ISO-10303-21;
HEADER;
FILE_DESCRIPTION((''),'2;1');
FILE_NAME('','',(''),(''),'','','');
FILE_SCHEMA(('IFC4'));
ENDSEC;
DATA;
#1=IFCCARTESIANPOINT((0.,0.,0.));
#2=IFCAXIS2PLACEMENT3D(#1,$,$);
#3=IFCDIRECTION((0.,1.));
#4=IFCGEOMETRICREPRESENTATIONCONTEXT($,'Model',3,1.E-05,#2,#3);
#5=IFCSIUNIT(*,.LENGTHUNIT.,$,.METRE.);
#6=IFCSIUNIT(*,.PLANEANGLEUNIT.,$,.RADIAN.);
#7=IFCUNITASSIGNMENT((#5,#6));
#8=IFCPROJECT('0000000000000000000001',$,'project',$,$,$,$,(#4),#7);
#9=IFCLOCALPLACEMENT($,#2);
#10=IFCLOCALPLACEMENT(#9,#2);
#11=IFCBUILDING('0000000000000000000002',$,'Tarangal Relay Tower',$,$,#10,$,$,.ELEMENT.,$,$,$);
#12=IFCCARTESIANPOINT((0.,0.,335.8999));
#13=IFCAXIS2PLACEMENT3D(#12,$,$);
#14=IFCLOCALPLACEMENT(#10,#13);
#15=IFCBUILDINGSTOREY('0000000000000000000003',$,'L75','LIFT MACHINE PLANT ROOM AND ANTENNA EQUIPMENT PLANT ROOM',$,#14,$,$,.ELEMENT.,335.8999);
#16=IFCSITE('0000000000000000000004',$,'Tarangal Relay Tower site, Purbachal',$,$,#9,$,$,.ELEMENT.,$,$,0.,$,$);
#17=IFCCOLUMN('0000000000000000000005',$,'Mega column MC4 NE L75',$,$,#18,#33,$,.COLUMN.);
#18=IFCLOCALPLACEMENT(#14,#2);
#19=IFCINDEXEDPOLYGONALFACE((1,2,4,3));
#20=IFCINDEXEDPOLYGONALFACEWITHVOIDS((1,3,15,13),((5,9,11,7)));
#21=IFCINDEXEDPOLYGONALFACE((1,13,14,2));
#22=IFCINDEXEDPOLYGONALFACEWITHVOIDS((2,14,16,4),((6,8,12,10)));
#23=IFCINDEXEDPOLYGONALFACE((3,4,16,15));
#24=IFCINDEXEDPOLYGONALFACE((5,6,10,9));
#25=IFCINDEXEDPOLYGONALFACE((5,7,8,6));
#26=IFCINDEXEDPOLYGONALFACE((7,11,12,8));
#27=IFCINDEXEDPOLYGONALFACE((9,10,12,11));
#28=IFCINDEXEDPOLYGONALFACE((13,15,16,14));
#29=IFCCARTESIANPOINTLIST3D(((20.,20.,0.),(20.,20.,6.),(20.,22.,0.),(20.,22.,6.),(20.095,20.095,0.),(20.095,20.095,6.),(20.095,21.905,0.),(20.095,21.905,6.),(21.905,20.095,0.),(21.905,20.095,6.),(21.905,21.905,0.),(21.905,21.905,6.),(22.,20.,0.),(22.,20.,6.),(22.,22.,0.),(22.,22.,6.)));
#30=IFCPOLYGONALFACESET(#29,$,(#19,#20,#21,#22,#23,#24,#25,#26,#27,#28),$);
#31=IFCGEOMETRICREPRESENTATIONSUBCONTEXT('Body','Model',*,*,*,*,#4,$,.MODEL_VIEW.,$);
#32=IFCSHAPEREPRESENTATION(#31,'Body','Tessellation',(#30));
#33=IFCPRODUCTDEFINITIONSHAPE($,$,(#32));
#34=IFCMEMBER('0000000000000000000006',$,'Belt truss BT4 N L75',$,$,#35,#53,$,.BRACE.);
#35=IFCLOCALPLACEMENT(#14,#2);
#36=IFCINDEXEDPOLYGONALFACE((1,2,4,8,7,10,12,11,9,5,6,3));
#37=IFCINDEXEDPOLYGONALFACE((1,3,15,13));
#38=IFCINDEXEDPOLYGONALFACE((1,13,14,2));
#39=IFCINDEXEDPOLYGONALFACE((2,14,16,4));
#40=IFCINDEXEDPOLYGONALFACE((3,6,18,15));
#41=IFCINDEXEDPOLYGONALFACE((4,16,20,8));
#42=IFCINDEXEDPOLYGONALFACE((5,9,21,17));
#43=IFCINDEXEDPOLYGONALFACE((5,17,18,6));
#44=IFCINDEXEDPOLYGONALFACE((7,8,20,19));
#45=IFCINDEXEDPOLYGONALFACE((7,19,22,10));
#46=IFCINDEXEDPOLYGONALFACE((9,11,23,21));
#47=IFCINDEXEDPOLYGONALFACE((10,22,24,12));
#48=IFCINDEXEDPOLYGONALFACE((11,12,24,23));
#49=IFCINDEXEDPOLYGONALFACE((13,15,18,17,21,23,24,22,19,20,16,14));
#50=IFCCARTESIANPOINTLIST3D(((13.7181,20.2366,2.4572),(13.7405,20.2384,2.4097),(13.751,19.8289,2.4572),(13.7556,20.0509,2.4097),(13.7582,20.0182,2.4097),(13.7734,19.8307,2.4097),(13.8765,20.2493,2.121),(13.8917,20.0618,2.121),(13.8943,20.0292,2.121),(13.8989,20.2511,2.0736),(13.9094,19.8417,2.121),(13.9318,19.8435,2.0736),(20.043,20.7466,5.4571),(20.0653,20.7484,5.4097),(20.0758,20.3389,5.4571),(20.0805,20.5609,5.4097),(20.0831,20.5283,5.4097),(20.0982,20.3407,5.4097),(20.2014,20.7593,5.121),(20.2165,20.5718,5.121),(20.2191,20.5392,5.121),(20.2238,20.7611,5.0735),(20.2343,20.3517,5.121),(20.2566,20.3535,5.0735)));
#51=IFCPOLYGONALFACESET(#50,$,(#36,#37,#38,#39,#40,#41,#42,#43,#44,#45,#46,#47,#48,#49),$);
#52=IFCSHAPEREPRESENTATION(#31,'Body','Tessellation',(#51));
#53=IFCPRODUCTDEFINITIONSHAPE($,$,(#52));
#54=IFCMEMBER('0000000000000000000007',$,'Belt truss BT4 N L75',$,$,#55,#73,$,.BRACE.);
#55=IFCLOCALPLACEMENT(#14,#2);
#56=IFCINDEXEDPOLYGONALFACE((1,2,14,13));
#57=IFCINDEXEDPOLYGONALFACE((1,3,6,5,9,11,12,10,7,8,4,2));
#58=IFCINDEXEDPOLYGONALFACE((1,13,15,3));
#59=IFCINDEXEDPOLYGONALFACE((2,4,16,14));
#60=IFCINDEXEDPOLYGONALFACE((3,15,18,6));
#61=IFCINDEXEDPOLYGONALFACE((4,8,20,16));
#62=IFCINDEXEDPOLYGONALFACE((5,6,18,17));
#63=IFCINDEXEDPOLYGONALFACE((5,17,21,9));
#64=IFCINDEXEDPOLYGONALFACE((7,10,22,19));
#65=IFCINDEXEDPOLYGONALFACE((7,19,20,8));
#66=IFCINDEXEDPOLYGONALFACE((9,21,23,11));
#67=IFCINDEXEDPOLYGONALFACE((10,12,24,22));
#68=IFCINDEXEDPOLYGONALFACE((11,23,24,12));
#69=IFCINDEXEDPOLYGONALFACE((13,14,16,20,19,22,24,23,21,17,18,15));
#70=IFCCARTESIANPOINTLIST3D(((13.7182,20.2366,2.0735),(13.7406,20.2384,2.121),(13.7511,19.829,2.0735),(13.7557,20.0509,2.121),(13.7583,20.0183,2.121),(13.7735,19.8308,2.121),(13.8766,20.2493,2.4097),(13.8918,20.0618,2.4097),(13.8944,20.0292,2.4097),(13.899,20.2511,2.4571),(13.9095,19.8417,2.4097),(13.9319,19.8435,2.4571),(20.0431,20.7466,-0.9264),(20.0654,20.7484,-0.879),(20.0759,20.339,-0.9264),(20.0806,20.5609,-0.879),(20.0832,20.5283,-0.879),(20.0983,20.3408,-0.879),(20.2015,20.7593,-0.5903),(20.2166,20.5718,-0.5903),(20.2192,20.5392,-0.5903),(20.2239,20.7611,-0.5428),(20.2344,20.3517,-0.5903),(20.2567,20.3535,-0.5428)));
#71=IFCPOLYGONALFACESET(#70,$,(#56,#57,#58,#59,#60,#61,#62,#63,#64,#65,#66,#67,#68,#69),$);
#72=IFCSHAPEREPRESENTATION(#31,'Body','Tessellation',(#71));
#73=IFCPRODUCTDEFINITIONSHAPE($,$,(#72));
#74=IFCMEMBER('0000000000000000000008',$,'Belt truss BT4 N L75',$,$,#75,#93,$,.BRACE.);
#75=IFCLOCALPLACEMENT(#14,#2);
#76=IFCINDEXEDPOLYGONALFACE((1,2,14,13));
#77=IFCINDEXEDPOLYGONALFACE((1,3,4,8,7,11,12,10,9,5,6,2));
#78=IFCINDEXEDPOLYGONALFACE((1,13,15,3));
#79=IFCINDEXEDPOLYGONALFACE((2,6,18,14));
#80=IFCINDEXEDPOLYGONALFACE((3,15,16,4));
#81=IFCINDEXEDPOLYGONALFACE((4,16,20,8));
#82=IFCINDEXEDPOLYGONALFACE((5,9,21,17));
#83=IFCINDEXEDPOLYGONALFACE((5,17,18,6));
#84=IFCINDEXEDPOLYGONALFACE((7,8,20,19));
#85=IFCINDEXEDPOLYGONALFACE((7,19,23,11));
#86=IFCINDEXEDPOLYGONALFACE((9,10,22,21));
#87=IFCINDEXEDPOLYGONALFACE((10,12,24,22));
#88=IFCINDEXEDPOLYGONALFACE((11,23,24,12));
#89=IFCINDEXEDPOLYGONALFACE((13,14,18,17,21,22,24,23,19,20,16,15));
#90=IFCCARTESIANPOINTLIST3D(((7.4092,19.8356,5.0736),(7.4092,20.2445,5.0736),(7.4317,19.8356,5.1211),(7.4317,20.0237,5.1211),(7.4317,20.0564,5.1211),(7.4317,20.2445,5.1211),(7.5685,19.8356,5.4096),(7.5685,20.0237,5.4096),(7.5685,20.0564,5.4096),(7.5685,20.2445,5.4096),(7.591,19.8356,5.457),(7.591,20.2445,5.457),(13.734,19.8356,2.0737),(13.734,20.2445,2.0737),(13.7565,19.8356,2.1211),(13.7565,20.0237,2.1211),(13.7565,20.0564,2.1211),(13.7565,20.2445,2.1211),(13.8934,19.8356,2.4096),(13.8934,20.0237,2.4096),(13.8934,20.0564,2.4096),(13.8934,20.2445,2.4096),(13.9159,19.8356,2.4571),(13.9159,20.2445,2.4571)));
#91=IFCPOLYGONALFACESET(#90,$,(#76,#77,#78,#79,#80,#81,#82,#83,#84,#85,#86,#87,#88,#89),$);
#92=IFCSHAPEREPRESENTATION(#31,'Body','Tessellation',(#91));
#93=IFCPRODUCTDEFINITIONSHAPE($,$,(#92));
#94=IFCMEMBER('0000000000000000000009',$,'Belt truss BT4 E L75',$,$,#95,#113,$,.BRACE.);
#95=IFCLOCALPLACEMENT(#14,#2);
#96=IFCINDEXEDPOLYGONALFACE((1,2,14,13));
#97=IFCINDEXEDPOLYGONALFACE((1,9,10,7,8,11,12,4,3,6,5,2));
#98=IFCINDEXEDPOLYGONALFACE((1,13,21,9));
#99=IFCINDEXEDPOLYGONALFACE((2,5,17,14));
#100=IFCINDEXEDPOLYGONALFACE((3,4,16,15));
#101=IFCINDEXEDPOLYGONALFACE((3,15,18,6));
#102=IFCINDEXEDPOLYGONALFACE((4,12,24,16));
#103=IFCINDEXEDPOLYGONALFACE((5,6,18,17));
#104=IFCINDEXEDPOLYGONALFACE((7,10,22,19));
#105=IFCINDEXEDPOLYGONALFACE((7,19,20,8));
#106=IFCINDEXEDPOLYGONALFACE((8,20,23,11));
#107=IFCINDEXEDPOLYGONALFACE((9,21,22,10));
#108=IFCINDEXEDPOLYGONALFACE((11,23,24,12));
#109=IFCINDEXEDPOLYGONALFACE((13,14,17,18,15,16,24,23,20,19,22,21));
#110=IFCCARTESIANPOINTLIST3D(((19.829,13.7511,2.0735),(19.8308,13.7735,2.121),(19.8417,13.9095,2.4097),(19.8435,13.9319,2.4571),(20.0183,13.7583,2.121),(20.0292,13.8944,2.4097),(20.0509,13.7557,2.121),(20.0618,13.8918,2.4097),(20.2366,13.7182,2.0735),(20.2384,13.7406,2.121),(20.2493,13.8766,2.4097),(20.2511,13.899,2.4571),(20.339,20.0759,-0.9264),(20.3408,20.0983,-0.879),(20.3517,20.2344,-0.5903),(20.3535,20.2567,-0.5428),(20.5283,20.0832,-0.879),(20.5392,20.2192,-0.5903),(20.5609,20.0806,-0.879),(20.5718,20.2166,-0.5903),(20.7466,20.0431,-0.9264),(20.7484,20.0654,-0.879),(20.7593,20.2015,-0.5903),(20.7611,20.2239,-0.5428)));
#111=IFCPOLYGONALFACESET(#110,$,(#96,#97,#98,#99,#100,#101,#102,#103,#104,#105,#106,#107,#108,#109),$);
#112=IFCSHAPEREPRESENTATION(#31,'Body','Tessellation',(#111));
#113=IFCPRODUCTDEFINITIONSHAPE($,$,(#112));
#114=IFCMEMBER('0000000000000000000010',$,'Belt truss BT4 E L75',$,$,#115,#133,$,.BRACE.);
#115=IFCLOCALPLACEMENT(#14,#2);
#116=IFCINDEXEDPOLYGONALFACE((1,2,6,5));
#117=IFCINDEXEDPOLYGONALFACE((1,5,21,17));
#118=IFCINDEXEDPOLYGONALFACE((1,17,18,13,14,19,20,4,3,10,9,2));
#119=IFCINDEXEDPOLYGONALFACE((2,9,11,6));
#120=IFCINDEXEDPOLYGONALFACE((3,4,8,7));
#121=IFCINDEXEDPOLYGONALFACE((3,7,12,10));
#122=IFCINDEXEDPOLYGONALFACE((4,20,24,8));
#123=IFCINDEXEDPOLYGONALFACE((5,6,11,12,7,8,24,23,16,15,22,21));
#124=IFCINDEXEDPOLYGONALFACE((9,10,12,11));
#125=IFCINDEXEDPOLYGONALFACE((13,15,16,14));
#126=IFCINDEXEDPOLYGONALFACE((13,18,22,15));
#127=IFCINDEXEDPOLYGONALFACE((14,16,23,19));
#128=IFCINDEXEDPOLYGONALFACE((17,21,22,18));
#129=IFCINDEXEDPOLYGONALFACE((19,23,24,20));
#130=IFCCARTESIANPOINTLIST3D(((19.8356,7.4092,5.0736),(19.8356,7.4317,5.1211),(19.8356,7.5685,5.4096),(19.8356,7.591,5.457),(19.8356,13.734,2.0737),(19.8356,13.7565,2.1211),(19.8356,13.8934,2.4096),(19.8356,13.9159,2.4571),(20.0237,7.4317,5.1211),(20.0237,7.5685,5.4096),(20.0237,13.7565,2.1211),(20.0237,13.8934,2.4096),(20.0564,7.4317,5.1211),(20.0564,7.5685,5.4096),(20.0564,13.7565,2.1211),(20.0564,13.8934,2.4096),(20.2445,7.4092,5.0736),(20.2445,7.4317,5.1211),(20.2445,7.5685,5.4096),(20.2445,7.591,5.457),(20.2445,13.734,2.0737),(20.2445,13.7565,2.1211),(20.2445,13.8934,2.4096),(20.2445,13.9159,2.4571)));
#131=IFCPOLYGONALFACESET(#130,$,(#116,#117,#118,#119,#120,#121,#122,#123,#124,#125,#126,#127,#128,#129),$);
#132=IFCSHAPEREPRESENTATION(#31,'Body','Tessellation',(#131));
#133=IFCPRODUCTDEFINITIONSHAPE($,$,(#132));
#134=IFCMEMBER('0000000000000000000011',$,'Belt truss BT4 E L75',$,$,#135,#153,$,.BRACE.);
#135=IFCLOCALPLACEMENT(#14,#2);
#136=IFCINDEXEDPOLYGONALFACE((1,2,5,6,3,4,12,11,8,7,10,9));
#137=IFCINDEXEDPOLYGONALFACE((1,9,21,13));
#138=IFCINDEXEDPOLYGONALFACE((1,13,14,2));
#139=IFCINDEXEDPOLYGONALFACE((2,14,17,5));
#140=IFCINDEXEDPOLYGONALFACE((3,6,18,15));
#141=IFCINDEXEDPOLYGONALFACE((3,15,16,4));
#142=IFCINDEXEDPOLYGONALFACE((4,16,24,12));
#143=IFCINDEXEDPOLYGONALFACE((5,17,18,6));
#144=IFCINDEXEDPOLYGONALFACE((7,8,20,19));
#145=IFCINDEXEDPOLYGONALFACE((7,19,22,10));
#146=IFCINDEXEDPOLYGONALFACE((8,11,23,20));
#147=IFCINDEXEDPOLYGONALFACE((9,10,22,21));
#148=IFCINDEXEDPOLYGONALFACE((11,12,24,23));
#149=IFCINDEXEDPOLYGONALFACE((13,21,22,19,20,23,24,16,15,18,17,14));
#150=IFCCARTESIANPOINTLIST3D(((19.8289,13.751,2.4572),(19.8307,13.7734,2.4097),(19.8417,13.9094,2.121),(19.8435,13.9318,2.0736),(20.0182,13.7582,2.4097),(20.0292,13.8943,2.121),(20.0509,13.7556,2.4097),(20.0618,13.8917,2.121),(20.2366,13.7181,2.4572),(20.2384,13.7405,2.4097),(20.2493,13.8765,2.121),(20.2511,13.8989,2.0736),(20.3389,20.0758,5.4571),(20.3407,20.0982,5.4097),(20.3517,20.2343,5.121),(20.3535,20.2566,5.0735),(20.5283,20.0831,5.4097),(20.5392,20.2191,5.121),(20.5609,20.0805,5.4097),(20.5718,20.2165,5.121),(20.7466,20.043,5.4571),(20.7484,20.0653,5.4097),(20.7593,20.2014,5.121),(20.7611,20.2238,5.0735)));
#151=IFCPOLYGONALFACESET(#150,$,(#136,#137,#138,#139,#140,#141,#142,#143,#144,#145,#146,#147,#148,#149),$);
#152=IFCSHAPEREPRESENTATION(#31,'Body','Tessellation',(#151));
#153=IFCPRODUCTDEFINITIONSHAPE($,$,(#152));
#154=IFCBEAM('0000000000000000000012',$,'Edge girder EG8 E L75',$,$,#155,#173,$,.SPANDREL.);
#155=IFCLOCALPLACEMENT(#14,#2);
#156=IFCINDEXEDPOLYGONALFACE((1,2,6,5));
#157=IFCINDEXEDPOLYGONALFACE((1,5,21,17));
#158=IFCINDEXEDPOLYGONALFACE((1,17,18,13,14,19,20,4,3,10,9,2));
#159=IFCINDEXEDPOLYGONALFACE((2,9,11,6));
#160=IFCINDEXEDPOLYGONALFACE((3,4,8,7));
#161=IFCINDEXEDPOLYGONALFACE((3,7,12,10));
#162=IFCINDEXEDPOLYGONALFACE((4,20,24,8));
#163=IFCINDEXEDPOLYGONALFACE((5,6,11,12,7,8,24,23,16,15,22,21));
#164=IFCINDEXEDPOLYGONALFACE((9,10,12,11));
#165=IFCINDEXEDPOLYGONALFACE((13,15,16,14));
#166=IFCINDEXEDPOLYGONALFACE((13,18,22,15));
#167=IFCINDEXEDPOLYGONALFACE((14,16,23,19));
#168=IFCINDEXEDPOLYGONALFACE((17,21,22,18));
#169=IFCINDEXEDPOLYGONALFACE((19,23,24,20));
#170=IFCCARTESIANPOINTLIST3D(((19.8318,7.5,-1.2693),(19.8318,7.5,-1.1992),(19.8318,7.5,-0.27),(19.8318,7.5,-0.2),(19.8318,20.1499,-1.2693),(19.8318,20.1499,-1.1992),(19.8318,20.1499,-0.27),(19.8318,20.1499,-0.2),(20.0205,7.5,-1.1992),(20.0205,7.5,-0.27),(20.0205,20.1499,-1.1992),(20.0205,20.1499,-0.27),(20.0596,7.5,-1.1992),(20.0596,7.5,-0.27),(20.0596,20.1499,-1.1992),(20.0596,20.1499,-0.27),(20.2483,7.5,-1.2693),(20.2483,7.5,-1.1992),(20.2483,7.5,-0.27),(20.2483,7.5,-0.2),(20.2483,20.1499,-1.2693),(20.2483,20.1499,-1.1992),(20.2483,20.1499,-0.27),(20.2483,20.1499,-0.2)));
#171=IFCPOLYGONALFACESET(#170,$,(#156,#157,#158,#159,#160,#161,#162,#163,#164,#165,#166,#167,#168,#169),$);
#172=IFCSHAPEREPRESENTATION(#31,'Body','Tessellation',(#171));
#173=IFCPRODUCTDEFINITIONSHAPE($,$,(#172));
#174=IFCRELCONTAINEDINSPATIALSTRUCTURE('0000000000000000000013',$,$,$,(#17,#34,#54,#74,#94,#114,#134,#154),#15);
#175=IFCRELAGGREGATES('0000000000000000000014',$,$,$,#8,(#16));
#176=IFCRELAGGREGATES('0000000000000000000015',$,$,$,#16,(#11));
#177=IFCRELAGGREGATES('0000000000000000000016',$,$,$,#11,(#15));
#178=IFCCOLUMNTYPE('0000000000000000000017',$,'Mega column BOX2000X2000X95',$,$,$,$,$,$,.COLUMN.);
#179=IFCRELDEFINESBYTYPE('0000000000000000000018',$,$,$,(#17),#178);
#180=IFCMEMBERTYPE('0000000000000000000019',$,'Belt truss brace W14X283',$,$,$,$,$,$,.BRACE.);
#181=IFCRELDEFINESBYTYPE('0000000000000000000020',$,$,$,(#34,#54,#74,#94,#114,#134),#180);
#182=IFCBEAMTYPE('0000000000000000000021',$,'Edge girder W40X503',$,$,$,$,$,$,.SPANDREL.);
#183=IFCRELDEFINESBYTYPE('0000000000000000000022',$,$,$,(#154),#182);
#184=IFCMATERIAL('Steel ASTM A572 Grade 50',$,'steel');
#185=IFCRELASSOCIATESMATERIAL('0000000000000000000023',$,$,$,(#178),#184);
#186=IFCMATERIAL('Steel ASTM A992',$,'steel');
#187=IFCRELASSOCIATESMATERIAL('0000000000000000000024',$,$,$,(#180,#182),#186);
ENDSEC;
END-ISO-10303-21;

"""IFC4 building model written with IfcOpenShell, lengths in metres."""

from ifc_helpers import new_model, si_unit, direction, frame, origin, origin_2d, place, context, subcontext, project, spatial, hollow_rectangle, i_section, extrude, material, material_profile, profile_set, type_object, element, save


model = new_model("IFC4")

# Units and contexts
model_context = context("Model", 3, precision=1e-05, world=origin(), true_north=direction((0.0, 1.0)))
body_context = subcontext(model_context, "Body", "Model", "MODEL_VIEW")
ifc_project = project(units=[si_unit("LENGTHUNIT", "METRE"), si_unit("PLANEANGLEUNIT", "RADIAN")], contexts=[model_context])

# Site, building, storey
site_placement = place(None, origin())
site = spatial("IfcSite", under=ifc_project, at=site_placement, Name="Tarangal Relay Tower site, Purbachal", CompositionType="ELEMENT", RefElevation=0.0)
building_placement = place(site_placement, origin())
building = spatial("IfcBuilding", under=site, at=building_placement, Name="Tarangal Relay Tower", CompositionType="ELEMENT")
storey_placement = place(building_placement, frame((0.0, 0.0, 335.8999)))
storey = spatial("IfcBuildingStorey", under=building, at=storey_placement, Name="L75", Description="LIFT MACHINE PLANT ROOM AND ANTENNA EQUIPMENT PLANT ROOM", CompositionType="ELEMENT", Elevation=335.8999)

# Column
ifc_material_1 = material(Name="Steel ASTM A572 Grade 50", Category="steel")
ifc_material_profile_1 = material_profile(ifc_material_1, hollow_rectangle(XDim=2.0, YDim=2.0, WallThickness=0.095, at=origin_2d()), Name="BOX2000X2000X95")
ifc_profile_set_1 = profile_set([ifc_material_profile_1], Name="Steel ASTM A572 Grade 50")
column_type = type_object("IfcColumnType", Name="Mega column BOX2000X2000X95", PredefinedType="COLUMN", material=ifc_profile_set_1)
column_placement = place(storey_placement, frame((21.0, 21.0, 0.0), z_axis=(0.0, 0.0, 1.0), x_axis=(1.0, 0.0, 0.0)))
element("IfcColumn", 1, at=column_placement, inside=storey, type_object=column_type, Name="Mega column MC4 NE L75", PredefinedType="COLUMN", context=body_context, shape_type="SweptSolid", body=[
    extrude(hollow_rectangle(XDim=2.0, YDim=2.0, WallThickness=0.095, at=origin_2d()), origin(), (0.0, 0.0, 1.0), 6.0),
])

# Members
ifc_material_2 = material(Name="Steel ASTM A992", Category="steel")
ifc_material_profile_2 = material_profile(ifc_material_2, i_section(OverallWidth=0.4089, OverallDepth=0.4243, WebThickness=0.0327, FlangeThickness=0.0525, at=origin_2d()), Name="W14X283")
ifc_profile_set_2 = profile_set([ifc_material_profile_2], Name="Steel ASTM A992")
member_type_1 = type_object("IfcMemberType", Name="Belt truss brace W14X283", PredefinedType="BRACE", material=ifc_profile_set_2)
for number, where, z_axis, x_axis, name in (
    (2, (13.825, 20.04, 2.2654), (0.90113, 0.072662, 0.427417), (-0.080374, 0.996765, 0.0), "Belt truss BT4 N L75"),
    (3, (20.1499, 20.55, -0.7346), (-0.90113, -0.072662, 0.427417), (0.080374, -0.996765, 0.0), "Belt truss BT4 N L75"),
):
    element("IfcMember", number, at=place(storey_placement, frame(where, z_axis=z_axis, x_axis=x_axis)), inside=storey, type_object=member_type_1, Name=name, PredefinedType="BRACE", context=body_context, shape_type="SweptSolid", body=[
        extrude(i_section(OverallWidth=0.4089, OverallDepth=0.4243, WebThickness=0.0327, FlangeThickness=0.0525, at=origin_2d()), origin(), (0.0, 0.0, 1.0), 7.0188),
    ])
member_1_placement = place(storey_placement, frame((13.825, 20.04, 2.2654), z_axis=(-0.903518, 0.0, 0.42855), x_axis=(0.0, -1.0, 0.0)))
element("IfcMember", 4, at=member_1_placement, inside=storey, type_object=member_type_1, Name="Belt truss BT4 N L75", PredefinedType="BRACE", context=body_context, shape_type="SweptSolid", body=[
    extrude(i_section(OverallWidth=0.4089, OverallDepth=0.4243, WebThickness=0.0327, FlangeThickness=0.0525, at=origin_2d()), origin(), (0.0, 0.0, 1.0), 7.0002),
])
member_2_placement = place(storey_placement, frame((20.55, 20.1499, -0.7346), z_axis=(-0.072662, -0.90113, 0.427417), x_axis=(0.996765, -0.080374, 0.0)))
element("IfcMember", 5, at=member_2_placement, inside=storey, type_object=member_type_1, Name="Belt truss BT4 E L75", PredefinedType="BRACE", context=body_context, shape_type="SweptSolid", body=[
    extrude(i_section(OverallWidth=0.4089, OverallDepth=0.4243, WebThickness=0.0327, FlangeThickness=0.0525, at=origin_2d()), origin(), (0.0, 0.0, 1.0), 7.0188),
])
member_3_placement = place(storey_placement, frame((20.04, 13.825, 2.2654), z_axis=(0.0, -0.903518, 0.42855), x_axis=(1.0, 0.0, 0.0)))
element("IfcMember", 6, at=member_3_placement, inside=storey, type_object=member_type_1, Name="Belt truss BT4 E L75", PredefinedType="BRACE", context=body_context, shape_type="SweptSolid", body=[
    extrude(i_section(OverallWidth=0.4089, OverallDepth=0.4243, WebThickness=0.0327, FlangeThickness=0.0525, at=origin_2d()), origin(), (0.0, 0.0, 1.0), 7.0002),
])
member_4_placement = place(storey_placement, frame((20.04, 13.825, 2.2654), z_axis=(0.072662, 0.90113, 0.427417), x_axis=(-0.996765, 0.080374, 0.0)))
element("IfcMember", 7, at=member_4_placement, inside=storey, type_object=member_type_1, Name="Belt truss BT4 E L75", PredefinedType="BRACE", context=body_context, shape_type="SweptSolid", body=[
    extrude(i_section(OverallWidth=0.4089, OverallDepth=0.4243, WebThickness=0.0327, FlangeThickness=0.0525, at=origin_2d()), origin(), (0.0, 0.0, 1.0), 7.0188),
])

# Beam
ifc_material_profile_3 = material_profile(ifc_material_2, i_section(OverallWidth=0.4165, OverallDepth=1.0693, WebThickness=0.0391, FlangeThickness=0.0701, at=origin_2d()), Name="W40X503")
ifc_profile_set_3 = profile_set([ifc_material_profile_3], Name="Steel ASTM A992")
beam_type = type_object("IfcBeamType", Name="Edge girder W40X503", PredefinedType="SPANDREL", material=ifc_profile_set_3)
beam_placement = place(storey_placement, frame((20.04, 20.1499, -0.7346), z_axis=(0.0, -1.0, 0.0), x_axis=(1.0, 0.0, 0.0)))
element("IfcBeam", 8, at=beam_placement, inside=storey, type_object=beam_type, Name="Edge girder EG8 E L75", PredefinedType="SPANDREL", context=body_context, shape_type="SweptSolid", body=[
    extrude(i_section(OverallWidth=0.4165, OverallDepth=1.0693, WebThickness=0.0391, FlangeThickness=0.0701, at=origin_2d()), origin(), (0.0, 0.0, 1.0), 12.6499),
])

save(model, "model.ifc")
